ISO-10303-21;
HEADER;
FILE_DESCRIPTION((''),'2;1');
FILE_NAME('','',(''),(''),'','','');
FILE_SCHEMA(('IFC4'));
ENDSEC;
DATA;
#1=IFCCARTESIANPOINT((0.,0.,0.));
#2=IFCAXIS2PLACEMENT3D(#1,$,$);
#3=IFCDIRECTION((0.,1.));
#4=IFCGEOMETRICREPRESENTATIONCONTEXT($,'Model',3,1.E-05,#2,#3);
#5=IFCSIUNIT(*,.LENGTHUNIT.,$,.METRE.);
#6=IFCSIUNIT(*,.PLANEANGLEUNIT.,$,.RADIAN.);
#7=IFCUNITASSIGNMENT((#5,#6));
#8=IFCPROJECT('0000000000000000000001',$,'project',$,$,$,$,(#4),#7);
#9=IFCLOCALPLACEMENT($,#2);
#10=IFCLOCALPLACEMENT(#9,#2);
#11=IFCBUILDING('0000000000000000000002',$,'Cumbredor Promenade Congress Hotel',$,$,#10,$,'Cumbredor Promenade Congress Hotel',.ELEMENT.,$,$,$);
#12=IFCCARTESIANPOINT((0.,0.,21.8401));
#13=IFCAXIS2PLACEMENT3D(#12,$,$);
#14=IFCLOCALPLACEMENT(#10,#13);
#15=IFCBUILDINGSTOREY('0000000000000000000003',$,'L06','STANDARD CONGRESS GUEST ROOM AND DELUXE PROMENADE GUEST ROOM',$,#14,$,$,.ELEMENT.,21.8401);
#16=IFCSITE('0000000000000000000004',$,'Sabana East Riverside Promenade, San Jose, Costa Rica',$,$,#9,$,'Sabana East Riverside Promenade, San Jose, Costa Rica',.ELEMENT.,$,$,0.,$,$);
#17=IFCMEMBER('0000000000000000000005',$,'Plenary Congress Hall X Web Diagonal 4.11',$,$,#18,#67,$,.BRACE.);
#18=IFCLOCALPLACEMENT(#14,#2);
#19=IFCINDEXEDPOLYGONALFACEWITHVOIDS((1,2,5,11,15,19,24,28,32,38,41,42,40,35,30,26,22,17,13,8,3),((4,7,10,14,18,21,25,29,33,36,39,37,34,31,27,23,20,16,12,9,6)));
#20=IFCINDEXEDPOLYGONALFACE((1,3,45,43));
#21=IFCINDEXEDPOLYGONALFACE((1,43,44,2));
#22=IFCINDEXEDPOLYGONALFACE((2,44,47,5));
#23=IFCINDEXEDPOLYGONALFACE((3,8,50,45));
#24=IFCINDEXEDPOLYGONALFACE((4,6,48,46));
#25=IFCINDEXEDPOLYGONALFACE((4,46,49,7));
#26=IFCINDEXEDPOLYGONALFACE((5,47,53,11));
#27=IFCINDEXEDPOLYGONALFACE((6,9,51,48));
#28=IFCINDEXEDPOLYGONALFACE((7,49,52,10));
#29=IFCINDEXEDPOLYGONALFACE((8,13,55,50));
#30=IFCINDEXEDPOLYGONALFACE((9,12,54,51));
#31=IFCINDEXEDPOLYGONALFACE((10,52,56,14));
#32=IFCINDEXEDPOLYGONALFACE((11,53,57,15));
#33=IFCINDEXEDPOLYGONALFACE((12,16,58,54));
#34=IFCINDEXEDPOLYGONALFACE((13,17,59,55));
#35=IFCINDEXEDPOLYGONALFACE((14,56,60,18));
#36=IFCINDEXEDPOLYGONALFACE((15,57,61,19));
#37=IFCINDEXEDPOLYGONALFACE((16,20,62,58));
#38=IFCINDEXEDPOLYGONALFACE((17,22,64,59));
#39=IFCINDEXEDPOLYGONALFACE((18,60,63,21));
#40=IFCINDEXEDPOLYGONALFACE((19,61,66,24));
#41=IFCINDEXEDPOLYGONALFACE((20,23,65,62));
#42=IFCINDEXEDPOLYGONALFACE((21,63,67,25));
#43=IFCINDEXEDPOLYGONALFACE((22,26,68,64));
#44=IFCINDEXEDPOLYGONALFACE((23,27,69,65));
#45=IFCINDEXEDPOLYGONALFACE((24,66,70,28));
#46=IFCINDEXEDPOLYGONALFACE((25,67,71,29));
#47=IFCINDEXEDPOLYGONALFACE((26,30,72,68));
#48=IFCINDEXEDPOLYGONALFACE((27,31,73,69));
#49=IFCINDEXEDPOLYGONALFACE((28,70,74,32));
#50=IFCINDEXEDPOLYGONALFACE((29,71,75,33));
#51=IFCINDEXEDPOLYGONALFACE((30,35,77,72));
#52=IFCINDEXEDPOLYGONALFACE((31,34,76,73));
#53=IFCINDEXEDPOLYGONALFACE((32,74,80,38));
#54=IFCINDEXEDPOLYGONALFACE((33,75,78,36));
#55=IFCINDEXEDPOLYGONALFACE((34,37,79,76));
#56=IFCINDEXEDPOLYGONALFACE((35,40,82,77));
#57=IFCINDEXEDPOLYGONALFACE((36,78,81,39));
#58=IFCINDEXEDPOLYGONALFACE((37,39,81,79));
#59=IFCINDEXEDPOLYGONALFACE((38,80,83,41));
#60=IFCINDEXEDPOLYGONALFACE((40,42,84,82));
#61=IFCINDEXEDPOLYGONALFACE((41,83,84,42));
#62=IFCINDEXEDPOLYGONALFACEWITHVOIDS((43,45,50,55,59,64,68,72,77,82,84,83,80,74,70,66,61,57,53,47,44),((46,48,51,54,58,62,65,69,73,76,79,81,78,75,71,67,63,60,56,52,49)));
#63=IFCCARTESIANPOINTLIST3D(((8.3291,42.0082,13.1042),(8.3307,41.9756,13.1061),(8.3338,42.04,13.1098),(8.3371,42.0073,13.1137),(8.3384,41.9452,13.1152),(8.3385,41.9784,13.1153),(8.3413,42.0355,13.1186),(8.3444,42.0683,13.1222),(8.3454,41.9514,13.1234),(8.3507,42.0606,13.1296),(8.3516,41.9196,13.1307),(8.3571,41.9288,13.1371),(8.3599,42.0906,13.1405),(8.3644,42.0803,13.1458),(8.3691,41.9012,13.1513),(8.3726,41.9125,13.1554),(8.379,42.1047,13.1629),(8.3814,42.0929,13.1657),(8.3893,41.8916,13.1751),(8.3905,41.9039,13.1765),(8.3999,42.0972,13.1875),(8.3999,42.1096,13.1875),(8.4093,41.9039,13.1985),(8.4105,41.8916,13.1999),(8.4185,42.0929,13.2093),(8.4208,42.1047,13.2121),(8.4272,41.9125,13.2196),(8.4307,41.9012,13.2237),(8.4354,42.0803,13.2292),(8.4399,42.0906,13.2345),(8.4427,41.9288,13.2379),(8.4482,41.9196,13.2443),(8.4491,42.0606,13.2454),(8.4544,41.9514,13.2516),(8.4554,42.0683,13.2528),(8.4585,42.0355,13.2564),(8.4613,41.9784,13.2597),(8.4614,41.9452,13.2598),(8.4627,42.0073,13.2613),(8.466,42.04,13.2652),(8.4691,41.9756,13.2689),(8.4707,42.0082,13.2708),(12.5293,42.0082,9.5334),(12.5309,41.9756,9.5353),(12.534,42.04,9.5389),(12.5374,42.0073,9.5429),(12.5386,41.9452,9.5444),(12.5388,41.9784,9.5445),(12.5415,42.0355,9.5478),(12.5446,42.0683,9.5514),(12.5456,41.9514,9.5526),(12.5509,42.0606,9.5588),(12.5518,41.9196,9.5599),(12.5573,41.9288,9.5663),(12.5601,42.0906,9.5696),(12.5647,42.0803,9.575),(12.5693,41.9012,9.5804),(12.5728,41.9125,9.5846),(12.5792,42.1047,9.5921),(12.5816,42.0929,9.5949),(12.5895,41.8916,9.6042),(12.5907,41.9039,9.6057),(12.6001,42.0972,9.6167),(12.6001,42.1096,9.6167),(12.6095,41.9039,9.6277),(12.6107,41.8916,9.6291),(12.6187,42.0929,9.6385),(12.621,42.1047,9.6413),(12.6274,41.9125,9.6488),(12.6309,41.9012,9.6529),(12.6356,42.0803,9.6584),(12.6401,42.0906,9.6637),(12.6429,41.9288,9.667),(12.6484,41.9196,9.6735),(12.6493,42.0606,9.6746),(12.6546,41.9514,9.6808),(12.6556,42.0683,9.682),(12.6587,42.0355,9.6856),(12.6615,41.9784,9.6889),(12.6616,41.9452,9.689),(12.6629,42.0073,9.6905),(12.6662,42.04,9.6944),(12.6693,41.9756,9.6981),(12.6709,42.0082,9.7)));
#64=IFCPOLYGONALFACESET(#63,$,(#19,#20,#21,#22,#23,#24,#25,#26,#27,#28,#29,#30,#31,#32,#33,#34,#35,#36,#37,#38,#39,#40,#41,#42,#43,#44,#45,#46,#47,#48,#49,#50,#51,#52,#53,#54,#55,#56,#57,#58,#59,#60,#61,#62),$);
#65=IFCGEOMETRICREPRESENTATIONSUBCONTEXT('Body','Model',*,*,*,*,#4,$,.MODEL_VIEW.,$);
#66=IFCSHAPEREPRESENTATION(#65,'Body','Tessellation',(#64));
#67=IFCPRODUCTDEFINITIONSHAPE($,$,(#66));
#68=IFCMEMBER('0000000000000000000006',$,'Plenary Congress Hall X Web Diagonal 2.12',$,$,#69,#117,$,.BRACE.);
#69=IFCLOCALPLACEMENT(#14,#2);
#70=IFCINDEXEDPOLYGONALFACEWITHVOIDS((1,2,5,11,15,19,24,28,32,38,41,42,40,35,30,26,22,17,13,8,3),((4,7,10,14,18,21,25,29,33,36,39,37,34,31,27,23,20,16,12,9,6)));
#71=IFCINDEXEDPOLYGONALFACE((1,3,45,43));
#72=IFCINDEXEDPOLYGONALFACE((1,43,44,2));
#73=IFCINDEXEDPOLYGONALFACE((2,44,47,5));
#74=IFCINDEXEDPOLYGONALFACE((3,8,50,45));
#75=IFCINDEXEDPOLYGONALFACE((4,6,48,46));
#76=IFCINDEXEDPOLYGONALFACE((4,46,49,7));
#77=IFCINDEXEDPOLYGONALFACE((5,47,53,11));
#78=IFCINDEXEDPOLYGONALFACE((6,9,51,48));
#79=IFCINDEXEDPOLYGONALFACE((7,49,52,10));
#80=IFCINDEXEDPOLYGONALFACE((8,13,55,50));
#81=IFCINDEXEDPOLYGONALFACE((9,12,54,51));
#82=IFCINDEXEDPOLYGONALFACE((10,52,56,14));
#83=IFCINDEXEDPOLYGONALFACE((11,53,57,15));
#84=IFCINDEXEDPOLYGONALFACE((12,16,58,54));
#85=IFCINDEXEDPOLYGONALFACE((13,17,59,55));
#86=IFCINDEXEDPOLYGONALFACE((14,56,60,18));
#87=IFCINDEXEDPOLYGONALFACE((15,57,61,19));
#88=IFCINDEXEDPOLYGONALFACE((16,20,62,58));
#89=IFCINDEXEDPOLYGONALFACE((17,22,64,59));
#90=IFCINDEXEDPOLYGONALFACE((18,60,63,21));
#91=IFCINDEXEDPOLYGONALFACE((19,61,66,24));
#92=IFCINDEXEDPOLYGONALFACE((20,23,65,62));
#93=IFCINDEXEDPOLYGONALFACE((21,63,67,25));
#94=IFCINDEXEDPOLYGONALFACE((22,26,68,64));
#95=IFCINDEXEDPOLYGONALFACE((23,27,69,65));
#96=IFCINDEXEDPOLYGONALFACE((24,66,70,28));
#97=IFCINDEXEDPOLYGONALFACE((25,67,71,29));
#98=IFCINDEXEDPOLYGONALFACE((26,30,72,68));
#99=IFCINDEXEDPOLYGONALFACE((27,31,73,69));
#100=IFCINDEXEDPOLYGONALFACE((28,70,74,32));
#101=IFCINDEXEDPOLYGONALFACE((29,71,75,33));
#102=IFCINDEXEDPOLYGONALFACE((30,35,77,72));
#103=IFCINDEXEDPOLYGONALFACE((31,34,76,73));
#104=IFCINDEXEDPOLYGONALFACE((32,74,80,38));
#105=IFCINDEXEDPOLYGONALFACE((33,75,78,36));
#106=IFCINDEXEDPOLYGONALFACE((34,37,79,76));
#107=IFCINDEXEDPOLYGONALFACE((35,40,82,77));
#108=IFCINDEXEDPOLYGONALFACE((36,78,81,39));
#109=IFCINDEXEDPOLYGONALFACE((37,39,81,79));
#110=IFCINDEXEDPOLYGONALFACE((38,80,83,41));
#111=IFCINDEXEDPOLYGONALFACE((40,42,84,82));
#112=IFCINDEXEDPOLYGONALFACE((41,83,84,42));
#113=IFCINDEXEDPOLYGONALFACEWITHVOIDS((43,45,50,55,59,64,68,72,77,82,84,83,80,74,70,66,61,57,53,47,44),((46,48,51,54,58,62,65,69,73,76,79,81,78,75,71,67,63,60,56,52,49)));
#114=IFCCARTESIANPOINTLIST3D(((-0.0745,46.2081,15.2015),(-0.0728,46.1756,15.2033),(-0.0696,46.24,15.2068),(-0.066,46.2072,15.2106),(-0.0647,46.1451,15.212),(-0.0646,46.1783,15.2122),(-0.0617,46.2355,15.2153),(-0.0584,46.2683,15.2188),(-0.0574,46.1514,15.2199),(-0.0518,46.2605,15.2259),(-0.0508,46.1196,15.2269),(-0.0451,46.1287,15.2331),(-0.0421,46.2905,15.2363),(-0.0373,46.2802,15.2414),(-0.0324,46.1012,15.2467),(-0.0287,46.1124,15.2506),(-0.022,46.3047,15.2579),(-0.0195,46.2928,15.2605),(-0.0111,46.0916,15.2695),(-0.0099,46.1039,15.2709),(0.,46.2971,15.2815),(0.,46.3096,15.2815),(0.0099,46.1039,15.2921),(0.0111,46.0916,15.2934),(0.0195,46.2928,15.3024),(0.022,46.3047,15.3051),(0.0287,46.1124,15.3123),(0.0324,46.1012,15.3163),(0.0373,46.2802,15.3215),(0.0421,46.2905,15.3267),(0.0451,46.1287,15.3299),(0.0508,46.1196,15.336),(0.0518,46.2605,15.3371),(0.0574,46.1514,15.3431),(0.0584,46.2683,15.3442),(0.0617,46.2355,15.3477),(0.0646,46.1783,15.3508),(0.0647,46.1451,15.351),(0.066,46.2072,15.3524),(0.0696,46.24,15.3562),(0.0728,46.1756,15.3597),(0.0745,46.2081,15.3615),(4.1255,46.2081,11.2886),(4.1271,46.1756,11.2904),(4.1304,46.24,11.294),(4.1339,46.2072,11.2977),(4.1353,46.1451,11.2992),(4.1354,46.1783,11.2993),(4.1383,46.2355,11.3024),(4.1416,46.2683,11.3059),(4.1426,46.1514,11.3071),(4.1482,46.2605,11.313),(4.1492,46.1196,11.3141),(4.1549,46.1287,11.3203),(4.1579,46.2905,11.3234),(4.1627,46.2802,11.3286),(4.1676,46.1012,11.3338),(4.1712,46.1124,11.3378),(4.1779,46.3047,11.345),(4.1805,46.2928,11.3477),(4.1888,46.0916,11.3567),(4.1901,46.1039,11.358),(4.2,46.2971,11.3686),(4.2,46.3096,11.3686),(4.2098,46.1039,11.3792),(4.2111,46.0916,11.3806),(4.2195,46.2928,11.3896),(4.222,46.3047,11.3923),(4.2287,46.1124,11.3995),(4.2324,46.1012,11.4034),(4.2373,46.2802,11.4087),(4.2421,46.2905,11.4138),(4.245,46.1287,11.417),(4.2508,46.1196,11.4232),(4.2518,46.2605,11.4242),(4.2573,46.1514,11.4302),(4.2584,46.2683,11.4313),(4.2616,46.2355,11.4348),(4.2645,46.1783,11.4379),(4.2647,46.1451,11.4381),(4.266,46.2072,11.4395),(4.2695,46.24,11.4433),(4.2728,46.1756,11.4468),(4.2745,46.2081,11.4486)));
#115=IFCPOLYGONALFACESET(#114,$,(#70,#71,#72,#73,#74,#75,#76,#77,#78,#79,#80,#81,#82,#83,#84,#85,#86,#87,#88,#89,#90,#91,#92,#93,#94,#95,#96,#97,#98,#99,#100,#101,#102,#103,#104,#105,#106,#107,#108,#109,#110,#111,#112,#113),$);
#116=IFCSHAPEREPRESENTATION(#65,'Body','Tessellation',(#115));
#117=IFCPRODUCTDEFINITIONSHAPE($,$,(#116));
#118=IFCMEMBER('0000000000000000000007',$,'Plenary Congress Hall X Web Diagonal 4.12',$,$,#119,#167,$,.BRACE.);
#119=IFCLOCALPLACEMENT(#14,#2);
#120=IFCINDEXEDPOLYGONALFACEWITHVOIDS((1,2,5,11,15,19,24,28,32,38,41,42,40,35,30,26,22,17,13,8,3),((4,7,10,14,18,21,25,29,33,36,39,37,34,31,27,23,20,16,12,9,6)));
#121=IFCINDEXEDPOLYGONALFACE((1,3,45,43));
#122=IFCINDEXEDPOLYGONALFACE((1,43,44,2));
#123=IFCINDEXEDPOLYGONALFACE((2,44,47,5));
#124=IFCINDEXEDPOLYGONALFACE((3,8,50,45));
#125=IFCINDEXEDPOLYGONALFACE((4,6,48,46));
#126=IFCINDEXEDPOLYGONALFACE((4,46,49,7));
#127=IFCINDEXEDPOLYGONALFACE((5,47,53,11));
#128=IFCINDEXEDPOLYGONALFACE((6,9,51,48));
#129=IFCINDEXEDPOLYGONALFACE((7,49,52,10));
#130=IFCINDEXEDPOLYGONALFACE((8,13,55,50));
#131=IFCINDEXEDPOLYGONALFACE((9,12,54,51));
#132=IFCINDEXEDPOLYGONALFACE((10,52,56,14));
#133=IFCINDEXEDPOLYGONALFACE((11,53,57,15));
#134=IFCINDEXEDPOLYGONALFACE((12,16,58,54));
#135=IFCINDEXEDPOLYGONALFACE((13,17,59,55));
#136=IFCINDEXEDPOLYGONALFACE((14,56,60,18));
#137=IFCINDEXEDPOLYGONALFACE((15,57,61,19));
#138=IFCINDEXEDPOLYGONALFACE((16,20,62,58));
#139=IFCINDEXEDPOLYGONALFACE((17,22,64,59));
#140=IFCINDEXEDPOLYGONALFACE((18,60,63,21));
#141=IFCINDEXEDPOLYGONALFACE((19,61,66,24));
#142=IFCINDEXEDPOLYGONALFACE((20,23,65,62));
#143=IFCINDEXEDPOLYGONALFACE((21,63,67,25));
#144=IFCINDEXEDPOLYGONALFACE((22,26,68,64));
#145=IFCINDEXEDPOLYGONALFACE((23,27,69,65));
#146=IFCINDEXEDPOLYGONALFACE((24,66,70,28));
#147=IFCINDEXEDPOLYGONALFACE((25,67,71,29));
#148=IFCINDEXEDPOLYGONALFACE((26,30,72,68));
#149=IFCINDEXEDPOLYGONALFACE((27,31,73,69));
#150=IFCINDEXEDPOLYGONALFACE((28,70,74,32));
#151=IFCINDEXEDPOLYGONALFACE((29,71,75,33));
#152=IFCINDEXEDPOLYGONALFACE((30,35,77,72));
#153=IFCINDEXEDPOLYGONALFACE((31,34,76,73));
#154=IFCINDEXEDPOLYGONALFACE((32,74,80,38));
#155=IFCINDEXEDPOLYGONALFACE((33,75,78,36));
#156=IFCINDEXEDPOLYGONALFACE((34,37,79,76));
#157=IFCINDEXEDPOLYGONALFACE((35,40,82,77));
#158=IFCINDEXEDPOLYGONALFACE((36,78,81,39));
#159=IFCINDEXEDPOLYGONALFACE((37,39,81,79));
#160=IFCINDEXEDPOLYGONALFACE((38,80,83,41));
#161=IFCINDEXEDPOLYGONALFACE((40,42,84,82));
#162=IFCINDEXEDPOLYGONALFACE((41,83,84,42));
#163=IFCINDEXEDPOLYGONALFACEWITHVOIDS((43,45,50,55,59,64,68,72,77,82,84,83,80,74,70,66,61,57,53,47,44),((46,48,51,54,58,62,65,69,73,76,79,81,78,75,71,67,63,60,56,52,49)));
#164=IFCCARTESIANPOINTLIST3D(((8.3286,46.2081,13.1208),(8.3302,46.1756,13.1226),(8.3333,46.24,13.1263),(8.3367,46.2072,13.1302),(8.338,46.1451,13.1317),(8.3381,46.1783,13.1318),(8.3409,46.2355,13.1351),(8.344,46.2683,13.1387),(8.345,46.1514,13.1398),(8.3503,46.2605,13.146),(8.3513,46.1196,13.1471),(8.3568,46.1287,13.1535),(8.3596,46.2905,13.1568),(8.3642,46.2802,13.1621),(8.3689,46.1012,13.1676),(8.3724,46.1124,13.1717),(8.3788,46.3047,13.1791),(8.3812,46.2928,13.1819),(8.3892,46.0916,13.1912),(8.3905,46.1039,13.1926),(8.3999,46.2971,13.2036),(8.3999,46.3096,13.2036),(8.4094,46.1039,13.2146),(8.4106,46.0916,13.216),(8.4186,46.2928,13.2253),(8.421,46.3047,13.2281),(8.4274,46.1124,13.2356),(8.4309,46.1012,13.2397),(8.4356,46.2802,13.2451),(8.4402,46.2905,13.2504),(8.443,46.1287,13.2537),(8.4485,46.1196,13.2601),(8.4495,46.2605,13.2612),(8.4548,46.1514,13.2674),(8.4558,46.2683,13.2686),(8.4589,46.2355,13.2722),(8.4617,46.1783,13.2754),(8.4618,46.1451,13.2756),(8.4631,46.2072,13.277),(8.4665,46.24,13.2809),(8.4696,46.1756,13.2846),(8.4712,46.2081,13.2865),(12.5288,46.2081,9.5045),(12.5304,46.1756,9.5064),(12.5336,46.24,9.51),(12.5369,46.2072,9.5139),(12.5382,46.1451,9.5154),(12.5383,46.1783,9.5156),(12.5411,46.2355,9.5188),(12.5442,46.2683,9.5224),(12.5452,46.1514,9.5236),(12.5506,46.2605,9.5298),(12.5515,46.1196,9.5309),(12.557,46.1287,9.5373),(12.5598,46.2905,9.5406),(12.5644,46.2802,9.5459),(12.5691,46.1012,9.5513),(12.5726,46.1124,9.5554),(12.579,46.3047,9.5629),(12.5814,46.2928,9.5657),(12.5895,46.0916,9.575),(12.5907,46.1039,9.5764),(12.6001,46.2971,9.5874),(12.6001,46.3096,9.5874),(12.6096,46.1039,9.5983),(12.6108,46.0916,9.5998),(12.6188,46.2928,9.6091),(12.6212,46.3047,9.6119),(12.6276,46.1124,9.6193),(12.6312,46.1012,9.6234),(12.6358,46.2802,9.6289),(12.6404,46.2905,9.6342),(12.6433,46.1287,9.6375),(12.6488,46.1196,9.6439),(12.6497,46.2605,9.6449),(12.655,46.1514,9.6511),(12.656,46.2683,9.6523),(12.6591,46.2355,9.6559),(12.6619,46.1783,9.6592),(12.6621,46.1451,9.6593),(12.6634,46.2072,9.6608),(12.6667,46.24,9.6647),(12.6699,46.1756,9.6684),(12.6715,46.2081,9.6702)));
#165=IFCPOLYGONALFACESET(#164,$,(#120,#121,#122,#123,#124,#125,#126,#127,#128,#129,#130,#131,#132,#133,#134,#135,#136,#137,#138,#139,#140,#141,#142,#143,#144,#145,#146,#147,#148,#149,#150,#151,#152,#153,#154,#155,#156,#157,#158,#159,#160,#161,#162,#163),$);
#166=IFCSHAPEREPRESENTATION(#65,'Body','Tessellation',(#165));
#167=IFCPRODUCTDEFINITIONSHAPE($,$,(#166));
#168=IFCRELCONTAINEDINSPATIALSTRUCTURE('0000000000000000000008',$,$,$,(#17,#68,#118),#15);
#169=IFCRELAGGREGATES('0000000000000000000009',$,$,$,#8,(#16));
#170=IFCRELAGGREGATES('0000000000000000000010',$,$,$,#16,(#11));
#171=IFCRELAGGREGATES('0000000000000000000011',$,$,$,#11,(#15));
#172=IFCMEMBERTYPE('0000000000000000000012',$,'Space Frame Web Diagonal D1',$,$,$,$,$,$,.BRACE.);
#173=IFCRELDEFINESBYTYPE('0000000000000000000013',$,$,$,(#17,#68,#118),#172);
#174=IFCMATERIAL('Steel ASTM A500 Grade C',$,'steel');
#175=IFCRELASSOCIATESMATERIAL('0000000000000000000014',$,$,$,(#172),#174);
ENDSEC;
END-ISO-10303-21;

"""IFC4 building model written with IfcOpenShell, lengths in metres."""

from ifc_helpers import new_model, si_unit, direction, frame, origin, origin_2d, place, context, subcontext, project, spatial, hollow_circle, extrude, material, material_profile, profile_set, type_object, element, save


model = new_model("IFC4")

# Units and contexts
model_context = context("Model", 3, precision=1e-05, world=origin(), true_north=direction((0.0, 1.0)))
body_context = subcontext(model_context, "Body", "Model", "MODEL_VIEW")
ifc_project = project(units=[si_unit("LENGTHUNIT", "METRE"), si_unit("PLANEANGLEUNIT", "RADIAN")], contexts=[model_context])

# Site, building, storey
site_placement = place(None, origin())
site = spatial("IfcSite", under=ifc_project, at=site_placement, Name="Sabana East Riverside Promenade, San Jose, Costa Rica", LongName="Sabana East Riverside Promenade, San Jose, Costa Rica", CompositionType="ELEMENT", RefElevation=0.0)
building_placement = place(site_placement, origin())
building = spatial("IfcBuilding", under=site, at=building_placement, Name="Cumbredor Promenade Congress Hotel", LongName="Cumbredor Promenade Congress Hotel", CompositionType="ELEMENT")
storey_placement = place(building_placement, frame((0.0, 0.0, 21.8401)))
storey = spatial("IfcBuildingStorey", under=building, at=storey_placement, Name="L06", Description="STANDARD CONGRESS GUEST ROOM AND DELUXE PROMENADE GUEST ROOM", CompositionType="ELEMENT", Elevation=21.8401)

# Members
ifc_material_1 = material(Name="Steel ASTM A500 Grade C", Category="steel")
ifc_material_profile_1 = material_profile(ifc_material_1, hollow_circle(Radius=0.1096, WallThickness=0.0125, at=origin_2d()), Name="CHS 219.1x12.5")
ifc_profile_set_1 = profile_set([ifc_material_profile_1], Name="Steel ASTM A500 Grade C")
member_type_1 = type_object("IfcMemberType", Name="Space Frame Web Diagonal D1", PredefinedType="BRACE", material=ifc_profile_set_1)
member_1_placement = place(storey_placement, frame((8.3999, 42.0, 13.1875), z_axis=(0.761882, 0.0, -0.647715), x_axis=(0.0, 1.0, 0.0)))
element("IfcMember", 1, at=member_1_placement, inside=storey, type_object=member_type_1, Name="Plenary Congress Hall X Web Diagonal 4.11", PredefinedType="BRACE", context=body_context, shape_type="SweptSolid", body=[
    extrude(hollow_circle(Radius=0.1096, WallThickness=0.0125, at=origin_2d()), origin(), (0.0, 0.0, 1.0), 5.5129),
])
member_2_placement = place(storey_placement, frame((0.0, 46.2, 15.2815), z_axis=(0.731673, 0.0, -0.681656), x_axis=(0.0, 1.0, 0.0)))
element("IfcMember", 2, at=member_2_placement, inside=storey, type_object=member_type_1, Name="Plenary Congress Hall X Web Diagonal 2.12", PredefinedType="BRACE", context=body_context, shape_type="SweptSolid", body=[
    extrude(hollow_circle(Radius=0.1096, WallThickness=0.0125, at=origin_2d()), origin(), (0.0, 0.0, 1.0), 5.7402),
])
member_3_placement = place(storey_placement, frame((8.3999, 46.2, 13.2036), z_axis=(0.757824, 0.0, -0.652458), x_axis=(0.0, 1.0, 0.0)))
element("IfcMember", 3, at=member_3_placement, inside=storey, type_object=member_type_1, Name="Plenary Congress Hall X Web Diagonal 4.12", PredefinedType="BRACE", context=body_context, shape_type="SweptSolid", body=[
    extrude(hollow_circle(Radius=0.1096, WallThickness=0.0125, at=origin_2d()), origin(), (0.0, 0.0, 1.0), 5.5425),
])

save(model, "model.ifc")
